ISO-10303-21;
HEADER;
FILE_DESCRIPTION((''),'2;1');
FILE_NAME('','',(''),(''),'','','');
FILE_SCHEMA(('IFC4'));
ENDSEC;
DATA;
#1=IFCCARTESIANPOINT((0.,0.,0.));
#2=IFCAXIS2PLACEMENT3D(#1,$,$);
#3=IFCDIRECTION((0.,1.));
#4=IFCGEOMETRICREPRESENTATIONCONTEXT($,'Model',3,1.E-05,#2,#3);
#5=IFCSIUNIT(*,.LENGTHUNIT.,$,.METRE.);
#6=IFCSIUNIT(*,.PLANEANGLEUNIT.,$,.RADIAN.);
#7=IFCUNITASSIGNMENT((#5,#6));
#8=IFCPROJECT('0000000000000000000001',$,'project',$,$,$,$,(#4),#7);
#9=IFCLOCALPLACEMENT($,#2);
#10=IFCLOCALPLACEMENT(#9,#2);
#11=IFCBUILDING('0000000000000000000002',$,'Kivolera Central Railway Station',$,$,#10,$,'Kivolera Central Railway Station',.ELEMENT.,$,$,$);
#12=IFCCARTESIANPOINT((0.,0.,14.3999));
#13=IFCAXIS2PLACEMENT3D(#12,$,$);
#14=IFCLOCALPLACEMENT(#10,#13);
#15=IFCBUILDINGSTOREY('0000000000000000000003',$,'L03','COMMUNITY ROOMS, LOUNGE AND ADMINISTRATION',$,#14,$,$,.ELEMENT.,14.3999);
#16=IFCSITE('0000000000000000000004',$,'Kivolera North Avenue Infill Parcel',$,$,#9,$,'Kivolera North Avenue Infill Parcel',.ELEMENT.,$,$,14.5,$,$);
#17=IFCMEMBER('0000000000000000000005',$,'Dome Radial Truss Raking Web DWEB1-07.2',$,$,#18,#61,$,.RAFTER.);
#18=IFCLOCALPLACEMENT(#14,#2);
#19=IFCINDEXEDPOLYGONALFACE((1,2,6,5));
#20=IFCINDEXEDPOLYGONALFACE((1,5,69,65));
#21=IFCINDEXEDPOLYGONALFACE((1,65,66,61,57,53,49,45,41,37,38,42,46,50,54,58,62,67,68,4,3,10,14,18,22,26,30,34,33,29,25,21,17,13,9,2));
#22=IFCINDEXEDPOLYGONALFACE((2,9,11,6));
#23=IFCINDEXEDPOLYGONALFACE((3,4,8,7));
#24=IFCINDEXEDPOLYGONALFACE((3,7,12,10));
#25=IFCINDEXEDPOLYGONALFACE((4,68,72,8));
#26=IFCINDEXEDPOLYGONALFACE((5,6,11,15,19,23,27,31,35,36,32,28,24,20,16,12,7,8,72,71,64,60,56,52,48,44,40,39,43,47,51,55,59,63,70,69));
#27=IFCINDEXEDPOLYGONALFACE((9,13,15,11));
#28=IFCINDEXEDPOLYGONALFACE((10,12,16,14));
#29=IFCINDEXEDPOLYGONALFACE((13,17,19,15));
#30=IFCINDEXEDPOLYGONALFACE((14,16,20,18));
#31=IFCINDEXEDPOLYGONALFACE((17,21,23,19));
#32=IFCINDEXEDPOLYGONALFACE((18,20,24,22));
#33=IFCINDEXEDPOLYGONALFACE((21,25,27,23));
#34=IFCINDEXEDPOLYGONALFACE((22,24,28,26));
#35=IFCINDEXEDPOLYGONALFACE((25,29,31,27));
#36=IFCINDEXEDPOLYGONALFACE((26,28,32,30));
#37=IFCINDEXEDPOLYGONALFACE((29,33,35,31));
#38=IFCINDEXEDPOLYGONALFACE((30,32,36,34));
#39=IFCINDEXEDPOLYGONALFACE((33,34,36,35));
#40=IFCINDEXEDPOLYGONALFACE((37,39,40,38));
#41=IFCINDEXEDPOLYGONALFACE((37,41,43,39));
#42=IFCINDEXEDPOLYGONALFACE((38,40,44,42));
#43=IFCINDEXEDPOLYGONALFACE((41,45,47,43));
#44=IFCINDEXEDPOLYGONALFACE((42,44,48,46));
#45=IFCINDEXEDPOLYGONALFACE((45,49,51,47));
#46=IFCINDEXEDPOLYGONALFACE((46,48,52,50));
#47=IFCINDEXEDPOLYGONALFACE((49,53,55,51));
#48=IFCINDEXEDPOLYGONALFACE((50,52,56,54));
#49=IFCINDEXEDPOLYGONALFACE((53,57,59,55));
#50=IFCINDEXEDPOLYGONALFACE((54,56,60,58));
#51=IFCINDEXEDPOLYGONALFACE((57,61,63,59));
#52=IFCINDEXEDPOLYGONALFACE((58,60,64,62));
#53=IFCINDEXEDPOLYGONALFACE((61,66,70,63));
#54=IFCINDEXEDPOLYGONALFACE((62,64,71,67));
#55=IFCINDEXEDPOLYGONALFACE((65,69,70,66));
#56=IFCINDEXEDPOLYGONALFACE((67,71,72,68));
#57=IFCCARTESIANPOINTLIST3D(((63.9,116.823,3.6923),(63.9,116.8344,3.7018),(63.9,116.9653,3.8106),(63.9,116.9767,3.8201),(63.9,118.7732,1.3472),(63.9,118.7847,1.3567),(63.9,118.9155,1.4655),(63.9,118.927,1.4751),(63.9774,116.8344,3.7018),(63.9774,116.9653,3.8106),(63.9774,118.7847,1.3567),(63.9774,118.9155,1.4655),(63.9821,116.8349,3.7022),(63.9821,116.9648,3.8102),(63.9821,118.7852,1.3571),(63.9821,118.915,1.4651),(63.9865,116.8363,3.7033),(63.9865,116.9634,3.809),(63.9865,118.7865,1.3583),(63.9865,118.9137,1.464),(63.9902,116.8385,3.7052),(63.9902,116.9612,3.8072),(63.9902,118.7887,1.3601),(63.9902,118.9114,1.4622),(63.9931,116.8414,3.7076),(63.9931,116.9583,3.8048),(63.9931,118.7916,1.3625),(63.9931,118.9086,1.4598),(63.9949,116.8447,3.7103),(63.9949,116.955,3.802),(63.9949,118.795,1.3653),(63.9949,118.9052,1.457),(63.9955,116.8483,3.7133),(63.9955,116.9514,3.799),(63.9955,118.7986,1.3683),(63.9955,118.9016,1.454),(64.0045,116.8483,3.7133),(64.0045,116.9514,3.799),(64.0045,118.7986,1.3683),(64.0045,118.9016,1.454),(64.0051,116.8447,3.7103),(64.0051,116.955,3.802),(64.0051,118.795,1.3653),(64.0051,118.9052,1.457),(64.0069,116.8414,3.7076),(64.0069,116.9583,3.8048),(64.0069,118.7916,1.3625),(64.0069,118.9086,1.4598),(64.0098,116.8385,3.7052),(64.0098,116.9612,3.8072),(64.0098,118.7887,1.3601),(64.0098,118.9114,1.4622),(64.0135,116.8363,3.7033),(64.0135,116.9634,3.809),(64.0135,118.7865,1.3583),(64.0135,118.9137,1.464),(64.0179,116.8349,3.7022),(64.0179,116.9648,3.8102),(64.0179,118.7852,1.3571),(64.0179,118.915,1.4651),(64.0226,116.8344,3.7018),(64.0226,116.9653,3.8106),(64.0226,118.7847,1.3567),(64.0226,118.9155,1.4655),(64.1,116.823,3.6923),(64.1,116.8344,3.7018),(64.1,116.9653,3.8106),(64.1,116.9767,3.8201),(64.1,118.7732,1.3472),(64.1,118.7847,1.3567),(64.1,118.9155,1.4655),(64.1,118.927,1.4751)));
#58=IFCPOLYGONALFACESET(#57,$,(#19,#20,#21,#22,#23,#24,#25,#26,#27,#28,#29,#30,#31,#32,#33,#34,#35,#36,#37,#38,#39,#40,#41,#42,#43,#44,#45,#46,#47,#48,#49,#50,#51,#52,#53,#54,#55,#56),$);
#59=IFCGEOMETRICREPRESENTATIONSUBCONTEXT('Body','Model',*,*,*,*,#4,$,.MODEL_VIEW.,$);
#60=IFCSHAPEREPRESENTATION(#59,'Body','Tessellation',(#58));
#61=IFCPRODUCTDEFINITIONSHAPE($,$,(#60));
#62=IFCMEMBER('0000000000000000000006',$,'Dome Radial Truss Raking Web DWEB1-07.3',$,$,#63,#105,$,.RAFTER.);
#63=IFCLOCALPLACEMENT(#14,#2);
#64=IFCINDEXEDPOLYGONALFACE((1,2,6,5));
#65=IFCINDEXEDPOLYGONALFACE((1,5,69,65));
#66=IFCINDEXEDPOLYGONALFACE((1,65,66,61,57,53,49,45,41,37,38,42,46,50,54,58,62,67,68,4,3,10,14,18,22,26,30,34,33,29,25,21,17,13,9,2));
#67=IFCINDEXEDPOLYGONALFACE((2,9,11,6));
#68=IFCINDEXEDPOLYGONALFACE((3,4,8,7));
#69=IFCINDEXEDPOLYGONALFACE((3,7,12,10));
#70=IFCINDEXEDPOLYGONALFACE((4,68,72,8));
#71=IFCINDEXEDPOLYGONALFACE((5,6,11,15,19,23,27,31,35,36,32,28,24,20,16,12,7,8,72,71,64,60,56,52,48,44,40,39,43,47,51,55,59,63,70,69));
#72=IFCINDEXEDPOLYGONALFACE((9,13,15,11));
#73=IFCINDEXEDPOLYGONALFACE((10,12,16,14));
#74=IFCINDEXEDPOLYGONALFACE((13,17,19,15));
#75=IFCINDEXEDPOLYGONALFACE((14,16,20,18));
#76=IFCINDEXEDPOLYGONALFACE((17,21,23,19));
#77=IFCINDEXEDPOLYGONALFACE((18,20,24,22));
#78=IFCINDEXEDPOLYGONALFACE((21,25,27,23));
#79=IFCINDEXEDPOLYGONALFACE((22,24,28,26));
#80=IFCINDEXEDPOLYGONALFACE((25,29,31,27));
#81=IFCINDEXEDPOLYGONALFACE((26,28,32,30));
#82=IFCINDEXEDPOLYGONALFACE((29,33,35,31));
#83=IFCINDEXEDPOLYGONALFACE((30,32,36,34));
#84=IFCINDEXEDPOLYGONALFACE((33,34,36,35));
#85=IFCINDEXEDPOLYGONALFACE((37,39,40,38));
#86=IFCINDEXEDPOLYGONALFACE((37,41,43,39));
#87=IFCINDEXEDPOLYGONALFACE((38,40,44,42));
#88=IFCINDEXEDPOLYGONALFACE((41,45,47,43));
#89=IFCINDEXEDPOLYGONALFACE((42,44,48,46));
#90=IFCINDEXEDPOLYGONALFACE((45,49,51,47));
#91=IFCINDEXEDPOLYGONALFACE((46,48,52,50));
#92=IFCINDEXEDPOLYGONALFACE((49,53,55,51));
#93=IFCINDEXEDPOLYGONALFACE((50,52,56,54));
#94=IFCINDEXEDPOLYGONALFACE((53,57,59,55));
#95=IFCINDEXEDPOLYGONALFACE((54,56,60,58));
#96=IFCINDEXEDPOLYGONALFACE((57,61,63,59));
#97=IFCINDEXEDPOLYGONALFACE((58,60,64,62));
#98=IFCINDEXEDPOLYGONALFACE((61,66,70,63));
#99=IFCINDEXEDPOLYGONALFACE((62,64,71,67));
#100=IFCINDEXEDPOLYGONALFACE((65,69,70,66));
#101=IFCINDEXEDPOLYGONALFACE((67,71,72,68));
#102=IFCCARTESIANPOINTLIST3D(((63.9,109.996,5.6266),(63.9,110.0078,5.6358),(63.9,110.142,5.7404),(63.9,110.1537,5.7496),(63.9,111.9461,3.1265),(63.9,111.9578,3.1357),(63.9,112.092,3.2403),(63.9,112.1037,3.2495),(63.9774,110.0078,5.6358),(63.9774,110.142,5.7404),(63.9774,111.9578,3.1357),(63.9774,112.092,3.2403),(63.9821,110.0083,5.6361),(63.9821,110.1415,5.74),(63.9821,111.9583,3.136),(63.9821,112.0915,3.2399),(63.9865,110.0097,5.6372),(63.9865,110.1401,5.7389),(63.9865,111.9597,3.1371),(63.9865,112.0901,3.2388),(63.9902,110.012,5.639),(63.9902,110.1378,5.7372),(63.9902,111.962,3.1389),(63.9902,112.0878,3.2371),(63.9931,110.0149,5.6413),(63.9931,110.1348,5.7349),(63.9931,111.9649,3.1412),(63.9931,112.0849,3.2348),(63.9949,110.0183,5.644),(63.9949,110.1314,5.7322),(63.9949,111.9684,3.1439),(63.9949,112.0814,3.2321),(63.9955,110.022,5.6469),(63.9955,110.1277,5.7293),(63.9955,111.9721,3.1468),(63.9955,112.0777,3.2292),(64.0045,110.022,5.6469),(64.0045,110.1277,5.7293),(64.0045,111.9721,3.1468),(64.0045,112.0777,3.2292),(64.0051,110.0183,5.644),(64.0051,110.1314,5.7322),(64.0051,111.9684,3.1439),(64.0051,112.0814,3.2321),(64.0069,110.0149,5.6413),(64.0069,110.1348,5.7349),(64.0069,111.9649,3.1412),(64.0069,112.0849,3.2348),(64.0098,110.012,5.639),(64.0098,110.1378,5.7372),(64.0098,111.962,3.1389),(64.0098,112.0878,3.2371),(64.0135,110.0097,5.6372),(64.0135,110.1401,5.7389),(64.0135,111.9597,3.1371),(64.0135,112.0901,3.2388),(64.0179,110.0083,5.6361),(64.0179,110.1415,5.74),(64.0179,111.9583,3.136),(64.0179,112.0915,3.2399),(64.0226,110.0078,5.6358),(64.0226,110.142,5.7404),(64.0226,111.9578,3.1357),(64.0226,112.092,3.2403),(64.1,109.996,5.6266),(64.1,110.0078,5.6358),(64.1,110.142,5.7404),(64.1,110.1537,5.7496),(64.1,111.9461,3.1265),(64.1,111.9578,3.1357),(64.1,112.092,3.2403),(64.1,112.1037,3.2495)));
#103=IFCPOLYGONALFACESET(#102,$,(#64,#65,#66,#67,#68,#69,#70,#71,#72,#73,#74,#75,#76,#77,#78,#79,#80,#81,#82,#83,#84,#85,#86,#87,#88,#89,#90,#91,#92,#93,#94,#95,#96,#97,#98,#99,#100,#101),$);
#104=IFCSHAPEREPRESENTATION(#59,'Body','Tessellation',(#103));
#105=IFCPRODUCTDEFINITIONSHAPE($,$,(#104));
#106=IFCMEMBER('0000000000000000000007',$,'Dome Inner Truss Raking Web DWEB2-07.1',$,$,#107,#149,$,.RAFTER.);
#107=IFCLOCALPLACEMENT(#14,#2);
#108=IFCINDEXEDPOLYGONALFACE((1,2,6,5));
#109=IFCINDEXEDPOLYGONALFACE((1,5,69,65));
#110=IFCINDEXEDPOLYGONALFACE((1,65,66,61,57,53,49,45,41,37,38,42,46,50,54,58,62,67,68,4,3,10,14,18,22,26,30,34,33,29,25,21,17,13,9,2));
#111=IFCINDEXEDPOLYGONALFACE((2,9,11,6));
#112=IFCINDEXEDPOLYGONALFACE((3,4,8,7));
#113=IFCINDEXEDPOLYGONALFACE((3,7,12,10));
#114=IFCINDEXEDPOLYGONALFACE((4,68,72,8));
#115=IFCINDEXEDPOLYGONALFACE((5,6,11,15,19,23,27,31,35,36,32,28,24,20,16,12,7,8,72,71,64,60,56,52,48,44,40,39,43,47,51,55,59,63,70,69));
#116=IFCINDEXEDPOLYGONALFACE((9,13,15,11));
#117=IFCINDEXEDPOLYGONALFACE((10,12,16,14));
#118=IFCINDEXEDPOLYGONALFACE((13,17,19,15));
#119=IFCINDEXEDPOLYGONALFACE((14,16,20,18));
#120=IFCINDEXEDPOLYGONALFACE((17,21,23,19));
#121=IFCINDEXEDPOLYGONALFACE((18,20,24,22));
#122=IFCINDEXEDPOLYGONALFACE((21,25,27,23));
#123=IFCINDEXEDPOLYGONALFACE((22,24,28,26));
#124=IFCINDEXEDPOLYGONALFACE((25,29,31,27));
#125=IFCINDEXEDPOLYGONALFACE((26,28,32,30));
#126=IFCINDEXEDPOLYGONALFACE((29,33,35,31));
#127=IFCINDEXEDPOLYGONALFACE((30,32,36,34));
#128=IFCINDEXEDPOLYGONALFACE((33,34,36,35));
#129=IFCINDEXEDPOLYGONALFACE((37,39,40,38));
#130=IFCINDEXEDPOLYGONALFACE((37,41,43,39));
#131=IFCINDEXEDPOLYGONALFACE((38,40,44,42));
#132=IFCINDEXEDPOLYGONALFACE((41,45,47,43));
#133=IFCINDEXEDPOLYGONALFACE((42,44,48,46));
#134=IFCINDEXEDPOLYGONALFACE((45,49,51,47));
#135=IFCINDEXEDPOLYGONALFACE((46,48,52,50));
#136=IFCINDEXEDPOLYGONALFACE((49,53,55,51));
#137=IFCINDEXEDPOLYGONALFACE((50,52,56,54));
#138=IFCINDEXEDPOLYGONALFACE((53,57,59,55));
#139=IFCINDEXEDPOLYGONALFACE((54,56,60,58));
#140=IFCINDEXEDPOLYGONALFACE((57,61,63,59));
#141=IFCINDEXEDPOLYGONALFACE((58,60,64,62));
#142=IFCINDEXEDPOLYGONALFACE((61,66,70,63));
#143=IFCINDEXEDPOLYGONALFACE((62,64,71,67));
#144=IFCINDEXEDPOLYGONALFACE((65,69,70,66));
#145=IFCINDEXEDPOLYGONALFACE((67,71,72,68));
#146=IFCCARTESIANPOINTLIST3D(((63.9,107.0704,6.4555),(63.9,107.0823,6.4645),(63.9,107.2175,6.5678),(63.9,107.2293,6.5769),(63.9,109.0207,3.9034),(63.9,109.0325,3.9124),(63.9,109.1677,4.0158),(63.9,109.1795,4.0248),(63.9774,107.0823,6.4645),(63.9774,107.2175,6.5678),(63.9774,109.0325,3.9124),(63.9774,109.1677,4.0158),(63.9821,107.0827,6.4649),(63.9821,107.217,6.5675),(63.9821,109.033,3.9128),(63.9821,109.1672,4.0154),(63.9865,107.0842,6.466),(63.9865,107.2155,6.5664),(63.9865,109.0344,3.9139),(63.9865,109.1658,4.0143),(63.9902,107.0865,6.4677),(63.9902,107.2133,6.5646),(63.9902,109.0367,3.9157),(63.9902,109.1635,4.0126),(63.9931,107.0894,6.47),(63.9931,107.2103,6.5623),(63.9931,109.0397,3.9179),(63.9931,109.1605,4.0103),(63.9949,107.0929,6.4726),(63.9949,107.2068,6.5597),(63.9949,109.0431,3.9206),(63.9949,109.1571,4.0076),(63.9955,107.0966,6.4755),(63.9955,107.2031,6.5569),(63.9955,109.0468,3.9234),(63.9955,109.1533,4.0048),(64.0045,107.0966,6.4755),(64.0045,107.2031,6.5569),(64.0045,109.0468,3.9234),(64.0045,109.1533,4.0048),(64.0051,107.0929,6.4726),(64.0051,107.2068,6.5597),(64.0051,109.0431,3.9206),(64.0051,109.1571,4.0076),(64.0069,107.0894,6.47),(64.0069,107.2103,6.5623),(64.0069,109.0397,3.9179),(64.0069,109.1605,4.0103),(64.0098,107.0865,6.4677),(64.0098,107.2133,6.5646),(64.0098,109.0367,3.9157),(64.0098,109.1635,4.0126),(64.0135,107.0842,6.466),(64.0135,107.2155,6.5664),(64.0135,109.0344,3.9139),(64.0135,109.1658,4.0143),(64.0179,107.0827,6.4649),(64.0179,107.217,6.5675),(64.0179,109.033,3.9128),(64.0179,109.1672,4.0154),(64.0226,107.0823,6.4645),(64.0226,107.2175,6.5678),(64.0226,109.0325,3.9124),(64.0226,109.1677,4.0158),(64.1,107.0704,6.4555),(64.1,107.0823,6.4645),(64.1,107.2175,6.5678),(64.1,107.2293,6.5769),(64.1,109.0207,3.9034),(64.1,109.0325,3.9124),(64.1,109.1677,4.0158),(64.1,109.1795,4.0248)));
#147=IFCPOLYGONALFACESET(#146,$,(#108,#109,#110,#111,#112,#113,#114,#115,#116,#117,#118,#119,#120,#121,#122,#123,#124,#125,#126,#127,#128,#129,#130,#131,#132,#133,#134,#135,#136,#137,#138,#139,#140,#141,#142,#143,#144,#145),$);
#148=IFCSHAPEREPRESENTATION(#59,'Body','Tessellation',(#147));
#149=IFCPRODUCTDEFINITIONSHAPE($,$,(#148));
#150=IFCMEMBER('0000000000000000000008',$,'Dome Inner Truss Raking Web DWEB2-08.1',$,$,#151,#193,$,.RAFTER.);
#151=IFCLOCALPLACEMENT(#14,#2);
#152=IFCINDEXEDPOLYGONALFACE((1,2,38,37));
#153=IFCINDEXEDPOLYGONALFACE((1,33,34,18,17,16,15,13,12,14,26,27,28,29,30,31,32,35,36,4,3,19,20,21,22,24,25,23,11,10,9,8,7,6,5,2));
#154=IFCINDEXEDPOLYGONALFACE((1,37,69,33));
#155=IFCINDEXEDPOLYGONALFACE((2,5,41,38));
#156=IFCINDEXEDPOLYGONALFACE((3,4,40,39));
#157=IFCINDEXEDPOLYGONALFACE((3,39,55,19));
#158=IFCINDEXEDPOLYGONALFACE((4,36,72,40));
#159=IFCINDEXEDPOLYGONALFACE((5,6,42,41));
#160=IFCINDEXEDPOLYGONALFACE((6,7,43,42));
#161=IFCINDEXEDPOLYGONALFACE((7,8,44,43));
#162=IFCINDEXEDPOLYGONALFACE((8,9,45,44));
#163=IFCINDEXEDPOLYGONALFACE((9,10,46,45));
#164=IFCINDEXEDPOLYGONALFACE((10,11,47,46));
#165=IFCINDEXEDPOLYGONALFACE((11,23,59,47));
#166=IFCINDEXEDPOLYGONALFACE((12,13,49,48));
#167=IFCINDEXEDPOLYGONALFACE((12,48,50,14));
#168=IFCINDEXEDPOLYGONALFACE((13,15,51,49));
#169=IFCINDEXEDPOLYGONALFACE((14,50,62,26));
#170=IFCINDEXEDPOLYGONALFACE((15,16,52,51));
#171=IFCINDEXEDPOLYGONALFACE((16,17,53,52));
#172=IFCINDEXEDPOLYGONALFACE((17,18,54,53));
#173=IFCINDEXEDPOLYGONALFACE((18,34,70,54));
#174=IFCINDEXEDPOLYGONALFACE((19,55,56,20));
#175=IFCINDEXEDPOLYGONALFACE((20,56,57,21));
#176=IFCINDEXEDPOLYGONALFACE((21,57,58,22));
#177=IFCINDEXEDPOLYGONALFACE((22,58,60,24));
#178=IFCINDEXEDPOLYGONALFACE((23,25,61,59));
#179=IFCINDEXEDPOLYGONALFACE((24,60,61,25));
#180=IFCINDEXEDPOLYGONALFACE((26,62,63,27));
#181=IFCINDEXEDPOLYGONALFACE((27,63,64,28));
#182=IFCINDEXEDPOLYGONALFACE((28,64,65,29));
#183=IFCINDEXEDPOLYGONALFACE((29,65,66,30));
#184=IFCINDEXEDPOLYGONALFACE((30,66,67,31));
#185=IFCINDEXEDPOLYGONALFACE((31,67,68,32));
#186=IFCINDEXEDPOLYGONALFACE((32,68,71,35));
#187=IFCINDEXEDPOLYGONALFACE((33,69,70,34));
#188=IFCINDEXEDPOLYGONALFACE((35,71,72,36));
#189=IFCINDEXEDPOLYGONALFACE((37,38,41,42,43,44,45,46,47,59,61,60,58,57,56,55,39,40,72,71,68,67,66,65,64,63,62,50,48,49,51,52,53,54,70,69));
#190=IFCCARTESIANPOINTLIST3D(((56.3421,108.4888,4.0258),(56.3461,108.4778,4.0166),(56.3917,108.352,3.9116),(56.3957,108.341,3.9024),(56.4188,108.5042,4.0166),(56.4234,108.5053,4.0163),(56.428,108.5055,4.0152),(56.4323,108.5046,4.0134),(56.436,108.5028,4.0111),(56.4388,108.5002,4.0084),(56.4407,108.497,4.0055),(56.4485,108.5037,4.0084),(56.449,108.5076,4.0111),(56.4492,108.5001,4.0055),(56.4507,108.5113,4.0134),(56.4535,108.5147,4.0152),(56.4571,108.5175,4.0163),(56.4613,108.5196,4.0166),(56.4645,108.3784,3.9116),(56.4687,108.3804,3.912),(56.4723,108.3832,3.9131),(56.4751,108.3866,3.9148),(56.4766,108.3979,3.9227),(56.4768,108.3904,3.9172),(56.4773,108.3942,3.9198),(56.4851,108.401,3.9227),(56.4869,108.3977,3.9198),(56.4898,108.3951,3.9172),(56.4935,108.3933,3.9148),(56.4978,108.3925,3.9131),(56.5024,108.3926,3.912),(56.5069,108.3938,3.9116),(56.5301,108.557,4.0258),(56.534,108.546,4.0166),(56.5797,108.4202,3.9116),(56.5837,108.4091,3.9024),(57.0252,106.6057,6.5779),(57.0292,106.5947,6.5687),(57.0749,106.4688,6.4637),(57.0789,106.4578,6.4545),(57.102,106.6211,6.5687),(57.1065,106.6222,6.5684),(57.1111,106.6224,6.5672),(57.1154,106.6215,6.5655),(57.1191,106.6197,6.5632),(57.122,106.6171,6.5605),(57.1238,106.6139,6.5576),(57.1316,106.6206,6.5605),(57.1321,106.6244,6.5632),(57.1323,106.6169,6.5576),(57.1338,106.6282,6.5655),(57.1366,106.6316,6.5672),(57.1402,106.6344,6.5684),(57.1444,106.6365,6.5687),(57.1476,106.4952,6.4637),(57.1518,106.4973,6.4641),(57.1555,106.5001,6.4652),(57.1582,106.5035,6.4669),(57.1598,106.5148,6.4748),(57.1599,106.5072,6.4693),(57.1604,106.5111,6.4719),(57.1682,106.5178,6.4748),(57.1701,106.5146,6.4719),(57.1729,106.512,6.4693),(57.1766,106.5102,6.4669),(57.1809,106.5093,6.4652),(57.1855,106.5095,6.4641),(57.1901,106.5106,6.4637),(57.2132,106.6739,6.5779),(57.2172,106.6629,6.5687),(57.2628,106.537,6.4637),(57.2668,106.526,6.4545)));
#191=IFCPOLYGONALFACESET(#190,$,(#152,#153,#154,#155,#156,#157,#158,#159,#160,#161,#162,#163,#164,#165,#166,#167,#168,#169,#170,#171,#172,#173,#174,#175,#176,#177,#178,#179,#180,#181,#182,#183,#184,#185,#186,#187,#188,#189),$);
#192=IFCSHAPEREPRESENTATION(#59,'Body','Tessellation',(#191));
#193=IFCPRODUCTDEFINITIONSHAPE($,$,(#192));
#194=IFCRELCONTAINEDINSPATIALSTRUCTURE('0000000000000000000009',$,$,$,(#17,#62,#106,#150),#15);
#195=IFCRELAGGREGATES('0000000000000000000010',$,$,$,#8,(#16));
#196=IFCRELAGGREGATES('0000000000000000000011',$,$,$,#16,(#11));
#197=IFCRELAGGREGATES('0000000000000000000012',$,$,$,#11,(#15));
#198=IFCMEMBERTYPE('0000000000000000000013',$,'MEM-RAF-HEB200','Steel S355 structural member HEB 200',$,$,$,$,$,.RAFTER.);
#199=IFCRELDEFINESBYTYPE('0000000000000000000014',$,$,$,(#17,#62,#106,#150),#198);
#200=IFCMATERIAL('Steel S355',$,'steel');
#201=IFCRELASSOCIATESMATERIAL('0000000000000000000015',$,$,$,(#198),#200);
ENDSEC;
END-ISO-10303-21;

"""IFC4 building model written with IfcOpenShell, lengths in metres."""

from ifc_helpers import new_model, si_unit, direction, frame, origin, origin_2d, place, context, subcontext, project, spatial, i_section, extrude, material, material_profile, profile_set, type_object, element, save


model = new_model("IFC4")

# Units and contexts
model_context = context("Model", 3, precision=1e-05, world=origin(), true_north=direction((0.0, 1.0)))
body_context = subcontext(model_context, "Body", "Model", "MODEL_VIEW")
ifc_project = project(units=[si_unit("LENGTHUNIT", "METRE"), si_unit("PLANEANGLEUNIT", "RADIAN")], contexts=[model_context])

# Site, building, storey
site_placement = place(None, origin())
site = spatial("IfcSite", under=ifc_project, at=site_placement, Name="Kivolera North Avenue Infill Parcel", LongName="Kivolera North Avenue Infill Parcel", CompositionType="ELEMENT", RefElevation=14.5)
building_placement = place(site_placement, origin())
building = spatial("IfcBuilding", under=site, at=building_placement, Name="Kivolera Central Railway Station", LongName="Kivolera Central Railway Station", CompositionType="ELEMENT")
storey_placement = place(building_placement, frame((0.0, 0.0, 14.3999)))
storey = spatial("IfcBuildingStorey", under=building, at=storey_placement, Name="L03", Description="COMMUNITY ROOMS, LOUNGE AND ADMINISTRATION", CompositionType="ELEMENT", Elevation=14.3999)

# Shared definitions
ifc_material_1 = material(Name="Steel S355", Category="steel")

# Members
ifc_material_profile_1 = material_profile(ifc_material_1, i_section(OverallWidth=0.2, OverallDepth=0.2, WebThickness=0.009, FlangeThickness=0.0149, FilletRadius=0.0181, at=origin_2d()), Name="HEB 200")
ifc_profile_set_1 = profile_set([ifc_material_profile_1], Name="Steel S355")
member_type_1 = type_object("IfcMemberType", Name="MEM-RAF-HEB200", Description="Steel S355 structural member HEB 200", PredefinedType="RAFTER", material=ifc_profile_set_1)
member_1_placement = place(storey_placement, frame((64.0, 118.8501, 1.4111), z_axis=(0.0, -0.63942, 0.768857), x_axis=(1.0, 0.0, 0.0)))
element("IfcMember", 1, at=member_1_placement, inside=storey, type_object=member_type_1, Name="Dome Radial Truss Raking Web DWEB1-07.2", PredefinedType="RAFTER", context=body_context, shape_type="SweptSolid", body=[
    extrude(i_section(OverallWidth=0.2, OverallDepth=0.2, WebThickness=0.009, FlangeThickness=0.0149, FilletRadius=0.0181, at=origin_2d()), origin(), (0.0, 0.0, 1.0), 3.05),
])
member_2_placement = place(storey_placement, frame((64.0, 112.0249, 3.188), z_axis=(0.0, -0.615022, 0.78851), x_axis=(1.0, 0.0, 0.0)))
element("IfcMember", 2, at=member_2_placement, inside=storey, type_object=member_type_1, Name="Dome Radial Truss Raking Web DWEB1-07.3", PredefinedType="RAFTER", context=body_context, shape_type="SweptSolid", body=[
    extrude(i_section(OverallWidth=0.2, OverallDepth=0.2, WebThickness=0.009, FlangeThickness=0.0149, FilletRadius=0.0181, at=origin_2d()), origin(), (0.0, 0.0, 1.0), 3.1707),
])
member_3_placement = place(storey_placement, frame((64.0, 109.1001, 3.9641), z_axis=(0.0, -0.607188, 0.794558), x_axis=(1.0, 0.0, 0.0)))
element("IfcMember", 3, at=member_3_placement, inside=storey, type_object=member_type_1, Name="Dome Inner Truss Raking Web DWEB2-07.1", PredefinedType="RAFTER", context=body_context, shape_type="SweptSolid", body=[
    extrude(i_section(OverallWidth=0.2, OverallDepth=0.2, WebThickness=0.009, FlangeThickness=0.0149, FilletRadius=0.0181, at=origin_2d()), origin(), (0.0, 0.0, 1.0), 3.2119),
])
member_4_placement = place(storey_placement, frame((56.4629, 108.449, 3.9641), z_axis=(0.210558, -0.580426, 0.78662), x_axis=(0.940056, 0.341019, 0.0)))
element("IfcMember", 4, at=member_4_placement, inside=storey, type_object=member_type_1, Name="Dome Inner Truss Raking Web DWEB2-08.1", PredefinedType="RAFTER", context=body_context, shape_type="SweptSolid", body=[
    extrude(i_section(OverallWidth=0.2, OverallDepth=0.2, WebThickness=0.009, FlangeThickness=0.0149, FilletRadius=0.0181, at=origin_2d()), origin(), (0.0, 0.0, 1.0), 3.2444),
])

save(model, "model.ifc")
